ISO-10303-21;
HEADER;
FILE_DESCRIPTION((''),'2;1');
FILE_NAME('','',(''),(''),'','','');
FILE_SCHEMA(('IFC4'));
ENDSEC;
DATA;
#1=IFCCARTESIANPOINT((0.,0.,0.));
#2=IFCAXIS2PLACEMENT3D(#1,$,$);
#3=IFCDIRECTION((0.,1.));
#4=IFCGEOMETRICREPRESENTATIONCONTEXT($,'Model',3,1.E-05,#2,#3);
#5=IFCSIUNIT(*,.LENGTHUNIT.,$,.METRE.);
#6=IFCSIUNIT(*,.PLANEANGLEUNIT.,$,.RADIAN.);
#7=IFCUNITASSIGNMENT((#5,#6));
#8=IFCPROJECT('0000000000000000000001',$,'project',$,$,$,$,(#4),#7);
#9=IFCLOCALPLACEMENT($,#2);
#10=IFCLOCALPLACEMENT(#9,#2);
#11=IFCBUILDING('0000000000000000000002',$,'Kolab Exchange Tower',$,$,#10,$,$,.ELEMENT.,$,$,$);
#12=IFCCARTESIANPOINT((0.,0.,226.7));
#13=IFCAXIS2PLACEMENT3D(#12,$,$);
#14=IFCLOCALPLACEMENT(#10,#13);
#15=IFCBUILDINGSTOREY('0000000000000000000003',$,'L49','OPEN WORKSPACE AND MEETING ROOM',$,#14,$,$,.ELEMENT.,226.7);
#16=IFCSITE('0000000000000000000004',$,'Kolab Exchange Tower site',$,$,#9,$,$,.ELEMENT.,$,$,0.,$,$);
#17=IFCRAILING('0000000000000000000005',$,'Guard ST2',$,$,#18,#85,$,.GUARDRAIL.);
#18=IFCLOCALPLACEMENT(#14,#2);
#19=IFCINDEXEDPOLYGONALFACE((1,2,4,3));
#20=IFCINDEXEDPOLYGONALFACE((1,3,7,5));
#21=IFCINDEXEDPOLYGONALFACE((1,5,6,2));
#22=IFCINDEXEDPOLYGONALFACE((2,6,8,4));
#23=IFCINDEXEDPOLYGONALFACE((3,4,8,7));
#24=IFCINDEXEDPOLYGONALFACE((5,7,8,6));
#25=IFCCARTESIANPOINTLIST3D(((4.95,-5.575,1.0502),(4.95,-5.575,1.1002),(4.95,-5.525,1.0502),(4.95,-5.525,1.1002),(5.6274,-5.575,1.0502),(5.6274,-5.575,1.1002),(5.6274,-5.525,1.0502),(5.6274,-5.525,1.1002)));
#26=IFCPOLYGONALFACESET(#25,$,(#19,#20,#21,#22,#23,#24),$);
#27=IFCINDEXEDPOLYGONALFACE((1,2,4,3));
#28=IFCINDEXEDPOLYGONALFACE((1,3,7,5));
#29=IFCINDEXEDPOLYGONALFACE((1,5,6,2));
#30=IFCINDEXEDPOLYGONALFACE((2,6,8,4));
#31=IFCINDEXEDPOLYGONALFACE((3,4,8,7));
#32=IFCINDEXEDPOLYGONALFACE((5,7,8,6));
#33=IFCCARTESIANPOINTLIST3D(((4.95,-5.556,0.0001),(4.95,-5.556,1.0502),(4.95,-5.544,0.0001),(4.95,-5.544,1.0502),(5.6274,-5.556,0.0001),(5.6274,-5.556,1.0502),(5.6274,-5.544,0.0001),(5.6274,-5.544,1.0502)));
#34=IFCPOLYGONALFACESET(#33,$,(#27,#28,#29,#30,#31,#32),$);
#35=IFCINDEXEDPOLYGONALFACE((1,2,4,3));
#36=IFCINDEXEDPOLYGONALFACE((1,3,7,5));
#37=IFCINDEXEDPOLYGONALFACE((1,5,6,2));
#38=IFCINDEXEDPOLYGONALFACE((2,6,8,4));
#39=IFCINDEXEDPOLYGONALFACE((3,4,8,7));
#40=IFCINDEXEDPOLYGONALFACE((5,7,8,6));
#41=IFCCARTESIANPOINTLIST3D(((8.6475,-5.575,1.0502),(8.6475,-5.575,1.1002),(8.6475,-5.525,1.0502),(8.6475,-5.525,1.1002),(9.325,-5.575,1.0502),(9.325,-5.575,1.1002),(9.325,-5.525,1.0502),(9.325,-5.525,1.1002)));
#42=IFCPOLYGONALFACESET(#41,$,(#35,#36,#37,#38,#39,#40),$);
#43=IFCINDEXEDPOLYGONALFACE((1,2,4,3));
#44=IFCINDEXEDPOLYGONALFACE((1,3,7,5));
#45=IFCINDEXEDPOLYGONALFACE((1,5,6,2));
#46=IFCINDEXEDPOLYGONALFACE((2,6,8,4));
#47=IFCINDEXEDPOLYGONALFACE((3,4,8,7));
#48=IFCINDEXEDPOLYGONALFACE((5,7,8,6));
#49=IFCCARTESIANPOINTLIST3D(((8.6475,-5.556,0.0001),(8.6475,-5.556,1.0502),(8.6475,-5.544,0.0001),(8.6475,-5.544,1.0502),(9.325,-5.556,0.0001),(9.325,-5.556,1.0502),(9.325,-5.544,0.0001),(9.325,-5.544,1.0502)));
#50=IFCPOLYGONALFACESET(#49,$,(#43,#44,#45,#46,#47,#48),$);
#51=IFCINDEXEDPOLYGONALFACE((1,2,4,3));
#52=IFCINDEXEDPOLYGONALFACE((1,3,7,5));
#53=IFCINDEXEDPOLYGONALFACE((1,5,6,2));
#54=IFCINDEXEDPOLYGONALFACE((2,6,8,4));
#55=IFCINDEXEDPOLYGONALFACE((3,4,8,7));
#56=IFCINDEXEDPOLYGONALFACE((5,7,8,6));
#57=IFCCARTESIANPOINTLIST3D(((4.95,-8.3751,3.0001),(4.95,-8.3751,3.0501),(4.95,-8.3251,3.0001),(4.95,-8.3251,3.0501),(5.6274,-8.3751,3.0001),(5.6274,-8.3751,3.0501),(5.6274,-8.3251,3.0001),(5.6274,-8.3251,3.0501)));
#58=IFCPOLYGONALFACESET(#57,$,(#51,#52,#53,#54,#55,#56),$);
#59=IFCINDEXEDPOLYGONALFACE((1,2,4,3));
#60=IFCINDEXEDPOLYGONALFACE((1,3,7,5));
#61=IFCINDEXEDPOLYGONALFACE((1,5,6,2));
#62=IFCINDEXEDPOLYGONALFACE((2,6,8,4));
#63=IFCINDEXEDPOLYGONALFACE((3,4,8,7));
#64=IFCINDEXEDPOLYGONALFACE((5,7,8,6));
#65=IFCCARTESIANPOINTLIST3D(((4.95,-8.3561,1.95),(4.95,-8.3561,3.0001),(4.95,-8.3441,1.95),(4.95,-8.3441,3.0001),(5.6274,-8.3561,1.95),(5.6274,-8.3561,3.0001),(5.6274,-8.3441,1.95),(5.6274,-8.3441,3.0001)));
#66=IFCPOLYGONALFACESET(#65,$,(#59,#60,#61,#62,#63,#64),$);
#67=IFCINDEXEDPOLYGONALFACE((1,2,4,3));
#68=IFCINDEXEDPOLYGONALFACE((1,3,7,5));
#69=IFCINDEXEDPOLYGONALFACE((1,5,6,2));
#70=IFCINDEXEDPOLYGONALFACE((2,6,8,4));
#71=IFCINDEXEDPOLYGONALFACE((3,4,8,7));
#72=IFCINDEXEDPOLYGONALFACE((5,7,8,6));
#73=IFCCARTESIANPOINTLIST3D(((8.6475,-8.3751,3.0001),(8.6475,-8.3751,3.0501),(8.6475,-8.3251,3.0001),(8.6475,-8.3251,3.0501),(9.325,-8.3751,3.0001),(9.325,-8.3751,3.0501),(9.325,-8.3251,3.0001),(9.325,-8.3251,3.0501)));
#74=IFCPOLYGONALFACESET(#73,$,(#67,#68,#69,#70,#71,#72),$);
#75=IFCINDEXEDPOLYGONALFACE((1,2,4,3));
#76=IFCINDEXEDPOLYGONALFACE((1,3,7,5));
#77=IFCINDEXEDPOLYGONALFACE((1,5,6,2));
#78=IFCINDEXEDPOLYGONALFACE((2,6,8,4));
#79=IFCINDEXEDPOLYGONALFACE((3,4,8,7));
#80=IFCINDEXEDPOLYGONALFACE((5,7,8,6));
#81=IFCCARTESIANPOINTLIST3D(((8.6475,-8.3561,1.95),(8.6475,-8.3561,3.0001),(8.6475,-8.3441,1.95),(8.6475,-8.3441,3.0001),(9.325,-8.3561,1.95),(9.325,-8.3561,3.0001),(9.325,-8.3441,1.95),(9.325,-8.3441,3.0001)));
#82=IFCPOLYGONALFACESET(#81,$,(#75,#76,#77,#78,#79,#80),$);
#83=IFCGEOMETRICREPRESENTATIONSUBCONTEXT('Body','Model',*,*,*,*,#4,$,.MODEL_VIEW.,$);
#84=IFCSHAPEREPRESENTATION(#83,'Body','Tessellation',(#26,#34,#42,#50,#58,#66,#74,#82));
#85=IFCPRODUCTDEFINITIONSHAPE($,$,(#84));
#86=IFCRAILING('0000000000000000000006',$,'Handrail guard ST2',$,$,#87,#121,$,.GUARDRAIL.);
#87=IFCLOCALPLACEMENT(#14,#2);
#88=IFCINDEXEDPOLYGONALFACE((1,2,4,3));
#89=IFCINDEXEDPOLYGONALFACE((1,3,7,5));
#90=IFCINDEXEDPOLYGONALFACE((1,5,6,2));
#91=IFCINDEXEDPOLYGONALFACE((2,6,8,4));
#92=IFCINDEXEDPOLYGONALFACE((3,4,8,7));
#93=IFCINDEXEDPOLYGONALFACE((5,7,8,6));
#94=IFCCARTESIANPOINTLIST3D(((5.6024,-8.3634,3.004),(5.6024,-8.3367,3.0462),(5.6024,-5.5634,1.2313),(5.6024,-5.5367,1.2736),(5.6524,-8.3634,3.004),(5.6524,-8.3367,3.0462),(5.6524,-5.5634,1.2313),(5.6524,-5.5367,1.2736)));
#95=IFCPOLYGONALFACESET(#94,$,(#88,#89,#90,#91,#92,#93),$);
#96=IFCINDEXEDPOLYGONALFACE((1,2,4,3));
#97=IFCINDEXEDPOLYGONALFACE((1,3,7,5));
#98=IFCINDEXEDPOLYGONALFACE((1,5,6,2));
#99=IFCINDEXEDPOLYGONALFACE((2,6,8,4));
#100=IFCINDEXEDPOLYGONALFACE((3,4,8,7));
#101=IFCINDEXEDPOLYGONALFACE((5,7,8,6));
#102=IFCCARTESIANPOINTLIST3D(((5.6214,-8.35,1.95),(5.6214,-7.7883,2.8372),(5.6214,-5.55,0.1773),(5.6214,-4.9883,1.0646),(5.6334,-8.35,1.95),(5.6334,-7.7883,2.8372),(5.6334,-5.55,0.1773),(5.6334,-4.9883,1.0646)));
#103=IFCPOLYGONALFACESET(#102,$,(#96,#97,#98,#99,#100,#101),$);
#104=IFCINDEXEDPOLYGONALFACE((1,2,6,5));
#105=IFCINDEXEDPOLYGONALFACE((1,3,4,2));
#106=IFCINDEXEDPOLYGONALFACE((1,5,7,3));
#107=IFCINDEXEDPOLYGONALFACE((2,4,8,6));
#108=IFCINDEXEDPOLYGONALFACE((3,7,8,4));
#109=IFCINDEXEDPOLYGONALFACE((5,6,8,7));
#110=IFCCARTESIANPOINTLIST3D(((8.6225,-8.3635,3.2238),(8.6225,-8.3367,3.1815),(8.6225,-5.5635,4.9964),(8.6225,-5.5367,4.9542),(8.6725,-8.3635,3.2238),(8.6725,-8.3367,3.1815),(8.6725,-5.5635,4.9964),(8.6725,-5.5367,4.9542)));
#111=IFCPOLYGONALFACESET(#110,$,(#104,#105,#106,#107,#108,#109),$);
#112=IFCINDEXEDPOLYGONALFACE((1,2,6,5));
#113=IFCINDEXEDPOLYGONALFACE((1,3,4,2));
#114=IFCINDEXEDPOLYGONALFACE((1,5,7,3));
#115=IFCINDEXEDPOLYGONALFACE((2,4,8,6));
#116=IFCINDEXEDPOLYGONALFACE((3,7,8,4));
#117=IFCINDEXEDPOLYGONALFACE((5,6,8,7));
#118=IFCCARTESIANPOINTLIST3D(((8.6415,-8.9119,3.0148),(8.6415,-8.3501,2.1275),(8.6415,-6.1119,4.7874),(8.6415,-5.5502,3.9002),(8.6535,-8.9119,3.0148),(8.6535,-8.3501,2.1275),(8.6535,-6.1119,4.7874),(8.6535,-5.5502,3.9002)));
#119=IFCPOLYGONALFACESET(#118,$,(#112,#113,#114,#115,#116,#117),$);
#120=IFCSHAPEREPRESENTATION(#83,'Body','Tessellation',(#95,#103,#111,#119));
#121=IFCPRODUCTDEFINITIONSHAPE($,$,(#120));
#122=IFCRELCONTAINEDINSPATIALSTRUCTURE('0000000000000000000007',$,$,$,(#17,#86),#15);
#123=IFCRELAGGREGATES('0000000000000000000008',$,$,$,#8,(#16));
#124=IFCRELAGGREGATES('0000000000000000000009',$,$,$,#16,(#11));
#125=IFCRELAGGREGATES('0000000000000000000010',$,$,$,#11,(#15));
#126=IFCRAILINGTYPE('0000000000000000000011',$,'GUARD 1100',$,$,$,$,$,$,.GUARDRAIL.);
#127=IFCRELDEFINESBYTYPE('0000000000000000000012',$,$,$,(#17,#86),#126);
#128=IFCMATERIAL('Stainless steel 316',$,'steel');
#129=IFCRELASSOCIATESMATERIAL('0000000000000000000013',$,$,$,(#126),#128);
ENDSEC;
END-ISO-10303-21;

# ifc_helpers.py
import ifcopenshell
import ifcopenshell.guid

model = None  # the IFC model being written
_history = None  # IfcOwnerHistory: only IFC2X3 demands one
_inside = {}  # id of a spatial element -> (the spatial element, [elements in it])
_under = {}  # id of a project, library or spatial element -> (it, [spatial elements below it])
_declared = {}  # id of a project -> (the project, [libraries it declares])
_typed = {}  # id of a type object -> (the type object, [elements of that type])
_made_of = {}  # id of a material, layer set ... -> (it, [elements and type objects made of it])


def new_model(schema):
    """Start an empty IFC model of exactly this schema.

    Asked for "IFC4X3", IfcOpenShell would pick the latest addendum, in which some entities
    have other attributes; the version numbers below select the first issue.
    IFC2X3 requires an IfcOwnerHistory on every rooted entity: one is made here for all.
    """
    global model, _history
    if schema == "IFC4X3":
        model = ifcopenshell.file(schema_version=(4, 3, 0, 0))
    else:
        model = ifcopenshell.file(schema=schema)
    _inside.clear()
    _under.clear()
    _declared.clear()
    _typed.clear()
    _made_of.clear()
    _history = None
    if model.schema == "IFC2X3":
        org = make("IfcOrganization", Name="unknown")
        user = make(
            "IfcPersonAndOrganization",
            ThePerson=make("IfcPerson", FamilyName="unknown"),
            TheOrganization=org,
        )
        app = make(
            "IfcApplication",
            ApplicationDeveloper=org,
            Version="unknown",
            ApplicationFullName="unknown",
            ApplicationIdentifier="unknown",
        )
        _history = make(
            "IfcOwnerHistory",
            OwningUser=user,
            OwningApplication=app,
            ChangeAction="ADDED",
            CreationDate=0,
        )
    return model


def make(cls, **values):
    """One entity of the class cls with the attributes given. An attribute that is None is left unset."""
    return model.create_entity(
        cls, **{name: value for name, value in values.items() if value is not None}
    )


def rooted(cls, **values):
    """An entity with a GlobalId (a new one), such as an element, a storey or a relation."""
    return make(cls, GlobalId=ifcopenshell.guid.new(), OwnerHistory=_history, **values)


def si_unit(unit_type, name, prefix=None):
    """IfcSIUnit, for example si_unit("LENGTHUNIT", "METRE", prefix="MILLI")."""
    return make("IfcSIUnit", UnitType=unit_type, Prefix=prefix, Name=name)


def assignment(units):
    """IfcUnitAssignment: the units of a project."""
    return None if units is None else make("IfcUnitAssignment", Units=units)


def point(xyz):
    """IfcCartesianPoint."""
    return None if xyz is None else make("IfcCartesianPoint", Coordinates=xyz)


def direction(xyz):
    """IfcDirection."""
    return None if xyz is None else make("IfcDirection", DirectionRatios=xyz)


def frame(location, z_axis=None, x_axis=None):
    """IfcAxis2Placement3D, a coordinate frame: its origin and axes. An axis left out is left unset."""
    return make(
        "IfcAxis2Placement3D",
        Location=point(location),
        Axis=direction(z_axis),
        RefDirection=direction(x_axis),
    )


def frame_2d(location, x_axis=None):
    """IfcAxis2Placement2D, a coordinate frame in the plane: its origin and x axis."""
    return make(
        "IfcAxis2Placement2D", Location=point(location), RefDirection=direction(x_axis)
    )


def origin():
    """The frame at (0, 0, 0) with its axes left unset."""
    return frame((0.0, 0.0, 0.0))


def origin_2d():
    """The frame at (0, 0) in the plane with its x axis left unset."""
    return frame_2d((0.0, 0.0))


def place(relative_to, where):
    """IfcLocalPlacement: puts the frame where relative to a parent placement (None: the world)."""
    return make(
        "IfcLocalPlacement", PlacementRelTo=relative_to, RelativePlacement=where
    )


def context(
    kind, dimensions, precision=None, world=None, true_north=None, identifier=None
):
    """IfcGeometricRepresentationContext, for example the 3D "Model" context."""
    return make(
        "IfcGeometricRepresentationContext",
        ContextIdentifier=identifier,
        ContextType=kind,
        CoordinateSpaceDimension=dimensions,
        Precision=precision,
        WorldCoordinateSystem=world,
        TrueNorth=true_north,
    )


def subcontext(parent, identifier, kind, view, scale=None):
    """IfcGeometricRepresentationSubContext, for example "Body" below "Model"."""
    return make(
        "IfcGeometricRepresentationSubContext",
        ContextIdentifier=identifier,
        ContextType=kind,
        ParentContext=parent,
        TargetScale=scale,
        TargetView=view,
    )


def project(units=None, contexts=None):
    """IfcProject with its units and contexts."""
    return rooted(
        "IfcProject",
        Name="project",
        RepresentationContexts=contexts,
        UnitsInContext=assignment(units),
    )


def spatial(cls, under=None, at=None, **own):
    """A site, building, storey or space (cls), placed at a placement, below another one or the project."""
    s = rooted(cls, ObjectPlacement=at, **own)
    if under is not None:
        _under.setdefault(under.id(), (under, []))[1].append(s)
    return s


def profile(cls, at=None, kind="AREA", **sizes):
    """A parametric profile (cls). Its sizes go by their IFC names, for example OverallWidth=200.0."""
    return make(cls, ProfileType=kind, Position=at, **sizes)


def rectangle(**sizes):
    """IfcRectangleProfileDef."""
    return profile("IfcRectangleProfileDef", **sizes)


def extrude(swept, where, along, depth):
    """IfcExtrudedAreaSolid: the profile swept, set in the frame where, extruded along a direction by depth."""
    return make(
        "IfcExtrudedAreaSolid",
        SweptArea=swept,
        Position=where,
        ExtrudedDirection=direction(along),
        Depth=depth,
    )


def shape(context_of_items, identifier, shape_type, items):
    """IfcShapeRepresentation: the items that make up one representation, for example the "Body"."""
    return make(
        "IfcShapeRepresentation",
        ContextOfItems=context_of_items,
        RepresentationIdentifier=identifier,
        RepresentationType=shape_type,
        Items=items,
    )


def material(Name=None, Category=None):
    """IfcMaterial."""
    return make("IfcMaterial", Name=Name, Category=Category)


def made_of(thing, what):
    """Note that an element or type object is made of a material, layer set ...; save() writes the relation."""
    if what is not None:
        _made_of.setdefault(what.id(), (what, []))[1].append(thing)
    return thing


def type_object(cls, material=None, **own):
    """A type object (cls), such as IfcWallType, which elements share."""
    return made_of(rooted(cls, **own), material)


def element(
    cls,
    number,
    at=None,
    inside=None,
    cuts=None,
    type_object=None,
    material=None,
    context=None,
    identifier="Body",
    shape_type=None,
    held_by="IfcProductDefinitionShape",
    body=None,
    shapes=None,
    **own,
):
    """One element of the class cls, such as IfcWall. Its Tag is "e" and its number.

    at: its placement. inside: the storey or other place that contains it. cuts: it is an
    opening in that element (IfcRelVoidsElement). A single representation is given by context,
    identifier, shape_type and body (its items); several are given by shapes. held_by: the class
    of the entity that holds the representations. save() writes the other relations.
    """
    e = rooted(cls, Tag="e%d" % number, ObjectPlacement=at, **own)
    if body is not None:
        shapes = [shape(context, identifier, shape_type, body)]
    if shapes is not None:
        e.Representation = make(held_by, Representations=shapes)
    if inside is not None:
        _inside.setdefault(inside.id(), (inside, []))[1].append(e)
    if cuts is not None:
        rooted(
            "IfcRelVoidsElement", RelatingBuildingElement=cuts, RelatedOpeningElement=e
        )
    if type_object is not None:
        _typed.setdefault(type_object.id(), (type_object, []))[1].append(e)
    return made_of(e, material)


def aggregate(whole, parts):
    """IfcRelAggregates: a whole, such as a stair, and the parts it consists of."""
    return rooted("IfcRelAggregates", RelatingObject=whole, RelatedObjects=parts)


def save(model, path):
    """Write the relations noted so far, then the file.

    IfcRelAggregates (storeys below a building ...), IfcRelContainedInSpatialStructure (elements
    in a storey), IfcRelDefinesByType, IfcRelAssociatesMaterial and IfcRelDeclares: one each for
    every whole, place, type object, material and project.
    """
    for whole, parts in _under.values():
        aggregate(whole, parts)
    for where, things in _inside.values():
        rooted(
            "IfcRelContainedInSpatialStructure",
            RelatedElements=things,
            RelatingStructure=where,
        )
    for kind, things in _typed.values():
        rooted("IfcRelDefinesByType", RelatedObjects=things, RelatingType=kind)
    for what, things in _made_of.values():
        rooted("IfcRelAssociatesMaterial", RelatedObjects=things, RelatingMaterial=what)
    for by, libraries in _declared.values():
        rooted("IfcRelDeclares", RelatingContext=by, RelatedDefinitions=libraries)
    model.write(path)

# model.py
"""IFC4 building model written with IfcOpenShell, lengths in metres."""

from ifc_helpers import new_model, si_unit, direction, frame, frame_2d, origin, origin_2d, place, context, subcontext, project, spatial, rectangle, extrude, material, type_object, element, save


model = new_model("IFC4")

# Units and contexts
model_context = context("Model", 3, precision=1e-05, world=origin(), true_north=direction((0.0, 1.0)))
body_context = subcontext(model_context, "Body", "Model", "MODEL_VIEW")
ifc_project = project(units=[si_unit("LENGTHUNIT", "METRE"), si_unit("PLANEANGLEUNIT", "RADIAN")], contexts=[model_context])

# Site, building, storey
site_placement = place(None, origin())
site = spatial("IfcSite", under=ifc_project, at=site_placement, Name="Kolab Exchange Tower site", CompositionType="ELEMENT", RefElevation=0.0)
building_placement = place(site_placement, origin())
building = spatial("IfcBuilding", under=site, at=building_placement, Name="Kolab Exchange Tower", CompositionType="ELEMENT")
storey_placement = place(building_placement, frame((0.0, 0.0, 226.7)))
storey = spatial("IfcBuildingStorey", under=building, at=storey_placement, Name="L49", Description="OPEN WORKSPACE AND MEETING ROOM", CompositionType="ELEMENT", Elevation=226.7)

# Shared definitions
ifc_material_1 = material(Name="Stainless steel 316", Category="steel")

# Railings
railing_type = type_object("IfcRailingType", Name="GUARD 1100", PredefinedType="GUARDRAIL", material=ifc_material_1)
railing_1_placement = place(storey_placement, frame((4.95, -5.55, 0.0)))
element("IfcRailing", 1, at=railing_1_placement, inside=storey, type_object=railing_type, Name="Guard ST2", PredefinedType="GUARDRAIL", context=body_context, shape_type="SweptSolid", body=[
    extrude(rectangle(XDim=0.05, YDim=0.05, at=origin_2d()), frame((0.0, 0.0, 1.0752), z_axis=(1.0, 0.0, 0.0), x_axis=(0.0, 1.0, 0.0)), (0.0, 0.0, 1.0), 0.6775),
    extrude(rectangle(XDim=0.012, YDim=1.0501, at=frame_2d((0.0, 0.5251))), frame((0.0, 0.0, 0.0), z_axis=(1.0, 0.0, 0.0), x_axis=(0.0, 1.0, 0.0)), (0.0, 0.0, 1.0), 0.6775),
    extrude(rectangle(XDim=0.05, YDim=0.05, at=origin_2d()), frame((3.6975, 0.0, 1.0752), z_axis=(1.0, 0.0, 0.0), x_axis=(0.0, 1.0, 0.0)), (0.0, 0.0, 1.0), 0.6775),
    extrude(rectangle(XDim=0.012, YDim=1.0501, at=frame_2d((0.0, 0.5251))), frame((3.6975, 0.0, 0.0), z_axis=(1.0, 0.0, 0.0), x_axis=(0.0, 1.0, 0.0)), (0.0, 0.0, 1.0), 0.6775),
    extrude(rectangle(XDim=0.05, YDim=0.05, at=origin_2d()), frame((0.0, -2.8, 3.0251), z_axis=(1.0, 0.0, 0.0), x_axis=(0.0, 1.0, 0.0)), (0.0, 0.0, 1.0), 0.6775),
    extrude(rectangle(XDim=0.012, YDim=1.0501, at=frame_2d((0.0, 0.5251))), frame((0.0, -2.8, 1.95), z_axis=(1.0, 0.0, 0.0), x_axis=(0.0, 1.0, 0.0)), (0.0, 0.0, 1.0), 0.6775),
    extrude(rectangle(XDim=0.05, YDim=0.05, at=origin_2d()), frame((3.6975, -2.8, 3.0251), z_axis=(1.0, 0.0, 0.0), x_axis=(0.0, 1.0, 0.0)), (0.0, 0.0, 1.0), 0.6775),
    extrude(rectangle(XDim=0.012, YDim=1.0501, at=frame_2d((0.0, 0.5251))), frame((3.6975, -2.8, 1.95), z_axis=(1.0, 0.0, 0.0), x_axis=(0.0, 1.0, 0.0)), (0.0, 0.0, 1.0), 0.6775),
])
railing_2_placement = place(storey_placement, frame((5.6274, -5.55, 0.1772)))
element("IfcRailing", 2, at=railing_2_placement, inside=storey, type_object=railing_type, Name="Handrail guard ST2", PredefinedType="GUARDRAIL", context=body_context, shape_type="SweptSolid", body=[
    extrude(rectangle(XDim=0.05, YDim=0.05, at=origin_2d()), frame((0.0, 0.0, 1.0752), z_axis=(0.0, -0.844909, 0.53491), x_axis=(1.0, 0.0, 0.0)), (0.0, 0.0, 1.0), 3.314),
    extrude(rectangle(XDim=0.012, YDim=1.0501, at=frame_2d((0.0, 0.5251))), frame((0.0, 0.0, 0.0), z_axis=(0.0, -0.844909, 0.53491), x_axis=(1.0, 0.0, 0.0)), (0.0, 0.0, 1.0), 3.314),
    extrude(rectangle(XDim=0.05, YDim=0.05, at=origin_2d()), frame((3.02, -2.8, 3.0254), z_axis=(0.0, 0.844909, 0.53491), x_axis=(-1.0, 0.0, 0.0)), (0.0, 0.0, 1.0), 3.314),
    extrude(rectangle(XDim=0.012, YDim=1.0501, at=frame_2d((0.0, 0.5251))), frame((3.02, -2.8, 1.9502), z_axis=(0.0, 0.844909, 0.53491), x_axis=(-1.0, 0.0, 0.0)), (0.0, 0.0, 1.0), 3.314),
])

save(model, "model.ifc")
